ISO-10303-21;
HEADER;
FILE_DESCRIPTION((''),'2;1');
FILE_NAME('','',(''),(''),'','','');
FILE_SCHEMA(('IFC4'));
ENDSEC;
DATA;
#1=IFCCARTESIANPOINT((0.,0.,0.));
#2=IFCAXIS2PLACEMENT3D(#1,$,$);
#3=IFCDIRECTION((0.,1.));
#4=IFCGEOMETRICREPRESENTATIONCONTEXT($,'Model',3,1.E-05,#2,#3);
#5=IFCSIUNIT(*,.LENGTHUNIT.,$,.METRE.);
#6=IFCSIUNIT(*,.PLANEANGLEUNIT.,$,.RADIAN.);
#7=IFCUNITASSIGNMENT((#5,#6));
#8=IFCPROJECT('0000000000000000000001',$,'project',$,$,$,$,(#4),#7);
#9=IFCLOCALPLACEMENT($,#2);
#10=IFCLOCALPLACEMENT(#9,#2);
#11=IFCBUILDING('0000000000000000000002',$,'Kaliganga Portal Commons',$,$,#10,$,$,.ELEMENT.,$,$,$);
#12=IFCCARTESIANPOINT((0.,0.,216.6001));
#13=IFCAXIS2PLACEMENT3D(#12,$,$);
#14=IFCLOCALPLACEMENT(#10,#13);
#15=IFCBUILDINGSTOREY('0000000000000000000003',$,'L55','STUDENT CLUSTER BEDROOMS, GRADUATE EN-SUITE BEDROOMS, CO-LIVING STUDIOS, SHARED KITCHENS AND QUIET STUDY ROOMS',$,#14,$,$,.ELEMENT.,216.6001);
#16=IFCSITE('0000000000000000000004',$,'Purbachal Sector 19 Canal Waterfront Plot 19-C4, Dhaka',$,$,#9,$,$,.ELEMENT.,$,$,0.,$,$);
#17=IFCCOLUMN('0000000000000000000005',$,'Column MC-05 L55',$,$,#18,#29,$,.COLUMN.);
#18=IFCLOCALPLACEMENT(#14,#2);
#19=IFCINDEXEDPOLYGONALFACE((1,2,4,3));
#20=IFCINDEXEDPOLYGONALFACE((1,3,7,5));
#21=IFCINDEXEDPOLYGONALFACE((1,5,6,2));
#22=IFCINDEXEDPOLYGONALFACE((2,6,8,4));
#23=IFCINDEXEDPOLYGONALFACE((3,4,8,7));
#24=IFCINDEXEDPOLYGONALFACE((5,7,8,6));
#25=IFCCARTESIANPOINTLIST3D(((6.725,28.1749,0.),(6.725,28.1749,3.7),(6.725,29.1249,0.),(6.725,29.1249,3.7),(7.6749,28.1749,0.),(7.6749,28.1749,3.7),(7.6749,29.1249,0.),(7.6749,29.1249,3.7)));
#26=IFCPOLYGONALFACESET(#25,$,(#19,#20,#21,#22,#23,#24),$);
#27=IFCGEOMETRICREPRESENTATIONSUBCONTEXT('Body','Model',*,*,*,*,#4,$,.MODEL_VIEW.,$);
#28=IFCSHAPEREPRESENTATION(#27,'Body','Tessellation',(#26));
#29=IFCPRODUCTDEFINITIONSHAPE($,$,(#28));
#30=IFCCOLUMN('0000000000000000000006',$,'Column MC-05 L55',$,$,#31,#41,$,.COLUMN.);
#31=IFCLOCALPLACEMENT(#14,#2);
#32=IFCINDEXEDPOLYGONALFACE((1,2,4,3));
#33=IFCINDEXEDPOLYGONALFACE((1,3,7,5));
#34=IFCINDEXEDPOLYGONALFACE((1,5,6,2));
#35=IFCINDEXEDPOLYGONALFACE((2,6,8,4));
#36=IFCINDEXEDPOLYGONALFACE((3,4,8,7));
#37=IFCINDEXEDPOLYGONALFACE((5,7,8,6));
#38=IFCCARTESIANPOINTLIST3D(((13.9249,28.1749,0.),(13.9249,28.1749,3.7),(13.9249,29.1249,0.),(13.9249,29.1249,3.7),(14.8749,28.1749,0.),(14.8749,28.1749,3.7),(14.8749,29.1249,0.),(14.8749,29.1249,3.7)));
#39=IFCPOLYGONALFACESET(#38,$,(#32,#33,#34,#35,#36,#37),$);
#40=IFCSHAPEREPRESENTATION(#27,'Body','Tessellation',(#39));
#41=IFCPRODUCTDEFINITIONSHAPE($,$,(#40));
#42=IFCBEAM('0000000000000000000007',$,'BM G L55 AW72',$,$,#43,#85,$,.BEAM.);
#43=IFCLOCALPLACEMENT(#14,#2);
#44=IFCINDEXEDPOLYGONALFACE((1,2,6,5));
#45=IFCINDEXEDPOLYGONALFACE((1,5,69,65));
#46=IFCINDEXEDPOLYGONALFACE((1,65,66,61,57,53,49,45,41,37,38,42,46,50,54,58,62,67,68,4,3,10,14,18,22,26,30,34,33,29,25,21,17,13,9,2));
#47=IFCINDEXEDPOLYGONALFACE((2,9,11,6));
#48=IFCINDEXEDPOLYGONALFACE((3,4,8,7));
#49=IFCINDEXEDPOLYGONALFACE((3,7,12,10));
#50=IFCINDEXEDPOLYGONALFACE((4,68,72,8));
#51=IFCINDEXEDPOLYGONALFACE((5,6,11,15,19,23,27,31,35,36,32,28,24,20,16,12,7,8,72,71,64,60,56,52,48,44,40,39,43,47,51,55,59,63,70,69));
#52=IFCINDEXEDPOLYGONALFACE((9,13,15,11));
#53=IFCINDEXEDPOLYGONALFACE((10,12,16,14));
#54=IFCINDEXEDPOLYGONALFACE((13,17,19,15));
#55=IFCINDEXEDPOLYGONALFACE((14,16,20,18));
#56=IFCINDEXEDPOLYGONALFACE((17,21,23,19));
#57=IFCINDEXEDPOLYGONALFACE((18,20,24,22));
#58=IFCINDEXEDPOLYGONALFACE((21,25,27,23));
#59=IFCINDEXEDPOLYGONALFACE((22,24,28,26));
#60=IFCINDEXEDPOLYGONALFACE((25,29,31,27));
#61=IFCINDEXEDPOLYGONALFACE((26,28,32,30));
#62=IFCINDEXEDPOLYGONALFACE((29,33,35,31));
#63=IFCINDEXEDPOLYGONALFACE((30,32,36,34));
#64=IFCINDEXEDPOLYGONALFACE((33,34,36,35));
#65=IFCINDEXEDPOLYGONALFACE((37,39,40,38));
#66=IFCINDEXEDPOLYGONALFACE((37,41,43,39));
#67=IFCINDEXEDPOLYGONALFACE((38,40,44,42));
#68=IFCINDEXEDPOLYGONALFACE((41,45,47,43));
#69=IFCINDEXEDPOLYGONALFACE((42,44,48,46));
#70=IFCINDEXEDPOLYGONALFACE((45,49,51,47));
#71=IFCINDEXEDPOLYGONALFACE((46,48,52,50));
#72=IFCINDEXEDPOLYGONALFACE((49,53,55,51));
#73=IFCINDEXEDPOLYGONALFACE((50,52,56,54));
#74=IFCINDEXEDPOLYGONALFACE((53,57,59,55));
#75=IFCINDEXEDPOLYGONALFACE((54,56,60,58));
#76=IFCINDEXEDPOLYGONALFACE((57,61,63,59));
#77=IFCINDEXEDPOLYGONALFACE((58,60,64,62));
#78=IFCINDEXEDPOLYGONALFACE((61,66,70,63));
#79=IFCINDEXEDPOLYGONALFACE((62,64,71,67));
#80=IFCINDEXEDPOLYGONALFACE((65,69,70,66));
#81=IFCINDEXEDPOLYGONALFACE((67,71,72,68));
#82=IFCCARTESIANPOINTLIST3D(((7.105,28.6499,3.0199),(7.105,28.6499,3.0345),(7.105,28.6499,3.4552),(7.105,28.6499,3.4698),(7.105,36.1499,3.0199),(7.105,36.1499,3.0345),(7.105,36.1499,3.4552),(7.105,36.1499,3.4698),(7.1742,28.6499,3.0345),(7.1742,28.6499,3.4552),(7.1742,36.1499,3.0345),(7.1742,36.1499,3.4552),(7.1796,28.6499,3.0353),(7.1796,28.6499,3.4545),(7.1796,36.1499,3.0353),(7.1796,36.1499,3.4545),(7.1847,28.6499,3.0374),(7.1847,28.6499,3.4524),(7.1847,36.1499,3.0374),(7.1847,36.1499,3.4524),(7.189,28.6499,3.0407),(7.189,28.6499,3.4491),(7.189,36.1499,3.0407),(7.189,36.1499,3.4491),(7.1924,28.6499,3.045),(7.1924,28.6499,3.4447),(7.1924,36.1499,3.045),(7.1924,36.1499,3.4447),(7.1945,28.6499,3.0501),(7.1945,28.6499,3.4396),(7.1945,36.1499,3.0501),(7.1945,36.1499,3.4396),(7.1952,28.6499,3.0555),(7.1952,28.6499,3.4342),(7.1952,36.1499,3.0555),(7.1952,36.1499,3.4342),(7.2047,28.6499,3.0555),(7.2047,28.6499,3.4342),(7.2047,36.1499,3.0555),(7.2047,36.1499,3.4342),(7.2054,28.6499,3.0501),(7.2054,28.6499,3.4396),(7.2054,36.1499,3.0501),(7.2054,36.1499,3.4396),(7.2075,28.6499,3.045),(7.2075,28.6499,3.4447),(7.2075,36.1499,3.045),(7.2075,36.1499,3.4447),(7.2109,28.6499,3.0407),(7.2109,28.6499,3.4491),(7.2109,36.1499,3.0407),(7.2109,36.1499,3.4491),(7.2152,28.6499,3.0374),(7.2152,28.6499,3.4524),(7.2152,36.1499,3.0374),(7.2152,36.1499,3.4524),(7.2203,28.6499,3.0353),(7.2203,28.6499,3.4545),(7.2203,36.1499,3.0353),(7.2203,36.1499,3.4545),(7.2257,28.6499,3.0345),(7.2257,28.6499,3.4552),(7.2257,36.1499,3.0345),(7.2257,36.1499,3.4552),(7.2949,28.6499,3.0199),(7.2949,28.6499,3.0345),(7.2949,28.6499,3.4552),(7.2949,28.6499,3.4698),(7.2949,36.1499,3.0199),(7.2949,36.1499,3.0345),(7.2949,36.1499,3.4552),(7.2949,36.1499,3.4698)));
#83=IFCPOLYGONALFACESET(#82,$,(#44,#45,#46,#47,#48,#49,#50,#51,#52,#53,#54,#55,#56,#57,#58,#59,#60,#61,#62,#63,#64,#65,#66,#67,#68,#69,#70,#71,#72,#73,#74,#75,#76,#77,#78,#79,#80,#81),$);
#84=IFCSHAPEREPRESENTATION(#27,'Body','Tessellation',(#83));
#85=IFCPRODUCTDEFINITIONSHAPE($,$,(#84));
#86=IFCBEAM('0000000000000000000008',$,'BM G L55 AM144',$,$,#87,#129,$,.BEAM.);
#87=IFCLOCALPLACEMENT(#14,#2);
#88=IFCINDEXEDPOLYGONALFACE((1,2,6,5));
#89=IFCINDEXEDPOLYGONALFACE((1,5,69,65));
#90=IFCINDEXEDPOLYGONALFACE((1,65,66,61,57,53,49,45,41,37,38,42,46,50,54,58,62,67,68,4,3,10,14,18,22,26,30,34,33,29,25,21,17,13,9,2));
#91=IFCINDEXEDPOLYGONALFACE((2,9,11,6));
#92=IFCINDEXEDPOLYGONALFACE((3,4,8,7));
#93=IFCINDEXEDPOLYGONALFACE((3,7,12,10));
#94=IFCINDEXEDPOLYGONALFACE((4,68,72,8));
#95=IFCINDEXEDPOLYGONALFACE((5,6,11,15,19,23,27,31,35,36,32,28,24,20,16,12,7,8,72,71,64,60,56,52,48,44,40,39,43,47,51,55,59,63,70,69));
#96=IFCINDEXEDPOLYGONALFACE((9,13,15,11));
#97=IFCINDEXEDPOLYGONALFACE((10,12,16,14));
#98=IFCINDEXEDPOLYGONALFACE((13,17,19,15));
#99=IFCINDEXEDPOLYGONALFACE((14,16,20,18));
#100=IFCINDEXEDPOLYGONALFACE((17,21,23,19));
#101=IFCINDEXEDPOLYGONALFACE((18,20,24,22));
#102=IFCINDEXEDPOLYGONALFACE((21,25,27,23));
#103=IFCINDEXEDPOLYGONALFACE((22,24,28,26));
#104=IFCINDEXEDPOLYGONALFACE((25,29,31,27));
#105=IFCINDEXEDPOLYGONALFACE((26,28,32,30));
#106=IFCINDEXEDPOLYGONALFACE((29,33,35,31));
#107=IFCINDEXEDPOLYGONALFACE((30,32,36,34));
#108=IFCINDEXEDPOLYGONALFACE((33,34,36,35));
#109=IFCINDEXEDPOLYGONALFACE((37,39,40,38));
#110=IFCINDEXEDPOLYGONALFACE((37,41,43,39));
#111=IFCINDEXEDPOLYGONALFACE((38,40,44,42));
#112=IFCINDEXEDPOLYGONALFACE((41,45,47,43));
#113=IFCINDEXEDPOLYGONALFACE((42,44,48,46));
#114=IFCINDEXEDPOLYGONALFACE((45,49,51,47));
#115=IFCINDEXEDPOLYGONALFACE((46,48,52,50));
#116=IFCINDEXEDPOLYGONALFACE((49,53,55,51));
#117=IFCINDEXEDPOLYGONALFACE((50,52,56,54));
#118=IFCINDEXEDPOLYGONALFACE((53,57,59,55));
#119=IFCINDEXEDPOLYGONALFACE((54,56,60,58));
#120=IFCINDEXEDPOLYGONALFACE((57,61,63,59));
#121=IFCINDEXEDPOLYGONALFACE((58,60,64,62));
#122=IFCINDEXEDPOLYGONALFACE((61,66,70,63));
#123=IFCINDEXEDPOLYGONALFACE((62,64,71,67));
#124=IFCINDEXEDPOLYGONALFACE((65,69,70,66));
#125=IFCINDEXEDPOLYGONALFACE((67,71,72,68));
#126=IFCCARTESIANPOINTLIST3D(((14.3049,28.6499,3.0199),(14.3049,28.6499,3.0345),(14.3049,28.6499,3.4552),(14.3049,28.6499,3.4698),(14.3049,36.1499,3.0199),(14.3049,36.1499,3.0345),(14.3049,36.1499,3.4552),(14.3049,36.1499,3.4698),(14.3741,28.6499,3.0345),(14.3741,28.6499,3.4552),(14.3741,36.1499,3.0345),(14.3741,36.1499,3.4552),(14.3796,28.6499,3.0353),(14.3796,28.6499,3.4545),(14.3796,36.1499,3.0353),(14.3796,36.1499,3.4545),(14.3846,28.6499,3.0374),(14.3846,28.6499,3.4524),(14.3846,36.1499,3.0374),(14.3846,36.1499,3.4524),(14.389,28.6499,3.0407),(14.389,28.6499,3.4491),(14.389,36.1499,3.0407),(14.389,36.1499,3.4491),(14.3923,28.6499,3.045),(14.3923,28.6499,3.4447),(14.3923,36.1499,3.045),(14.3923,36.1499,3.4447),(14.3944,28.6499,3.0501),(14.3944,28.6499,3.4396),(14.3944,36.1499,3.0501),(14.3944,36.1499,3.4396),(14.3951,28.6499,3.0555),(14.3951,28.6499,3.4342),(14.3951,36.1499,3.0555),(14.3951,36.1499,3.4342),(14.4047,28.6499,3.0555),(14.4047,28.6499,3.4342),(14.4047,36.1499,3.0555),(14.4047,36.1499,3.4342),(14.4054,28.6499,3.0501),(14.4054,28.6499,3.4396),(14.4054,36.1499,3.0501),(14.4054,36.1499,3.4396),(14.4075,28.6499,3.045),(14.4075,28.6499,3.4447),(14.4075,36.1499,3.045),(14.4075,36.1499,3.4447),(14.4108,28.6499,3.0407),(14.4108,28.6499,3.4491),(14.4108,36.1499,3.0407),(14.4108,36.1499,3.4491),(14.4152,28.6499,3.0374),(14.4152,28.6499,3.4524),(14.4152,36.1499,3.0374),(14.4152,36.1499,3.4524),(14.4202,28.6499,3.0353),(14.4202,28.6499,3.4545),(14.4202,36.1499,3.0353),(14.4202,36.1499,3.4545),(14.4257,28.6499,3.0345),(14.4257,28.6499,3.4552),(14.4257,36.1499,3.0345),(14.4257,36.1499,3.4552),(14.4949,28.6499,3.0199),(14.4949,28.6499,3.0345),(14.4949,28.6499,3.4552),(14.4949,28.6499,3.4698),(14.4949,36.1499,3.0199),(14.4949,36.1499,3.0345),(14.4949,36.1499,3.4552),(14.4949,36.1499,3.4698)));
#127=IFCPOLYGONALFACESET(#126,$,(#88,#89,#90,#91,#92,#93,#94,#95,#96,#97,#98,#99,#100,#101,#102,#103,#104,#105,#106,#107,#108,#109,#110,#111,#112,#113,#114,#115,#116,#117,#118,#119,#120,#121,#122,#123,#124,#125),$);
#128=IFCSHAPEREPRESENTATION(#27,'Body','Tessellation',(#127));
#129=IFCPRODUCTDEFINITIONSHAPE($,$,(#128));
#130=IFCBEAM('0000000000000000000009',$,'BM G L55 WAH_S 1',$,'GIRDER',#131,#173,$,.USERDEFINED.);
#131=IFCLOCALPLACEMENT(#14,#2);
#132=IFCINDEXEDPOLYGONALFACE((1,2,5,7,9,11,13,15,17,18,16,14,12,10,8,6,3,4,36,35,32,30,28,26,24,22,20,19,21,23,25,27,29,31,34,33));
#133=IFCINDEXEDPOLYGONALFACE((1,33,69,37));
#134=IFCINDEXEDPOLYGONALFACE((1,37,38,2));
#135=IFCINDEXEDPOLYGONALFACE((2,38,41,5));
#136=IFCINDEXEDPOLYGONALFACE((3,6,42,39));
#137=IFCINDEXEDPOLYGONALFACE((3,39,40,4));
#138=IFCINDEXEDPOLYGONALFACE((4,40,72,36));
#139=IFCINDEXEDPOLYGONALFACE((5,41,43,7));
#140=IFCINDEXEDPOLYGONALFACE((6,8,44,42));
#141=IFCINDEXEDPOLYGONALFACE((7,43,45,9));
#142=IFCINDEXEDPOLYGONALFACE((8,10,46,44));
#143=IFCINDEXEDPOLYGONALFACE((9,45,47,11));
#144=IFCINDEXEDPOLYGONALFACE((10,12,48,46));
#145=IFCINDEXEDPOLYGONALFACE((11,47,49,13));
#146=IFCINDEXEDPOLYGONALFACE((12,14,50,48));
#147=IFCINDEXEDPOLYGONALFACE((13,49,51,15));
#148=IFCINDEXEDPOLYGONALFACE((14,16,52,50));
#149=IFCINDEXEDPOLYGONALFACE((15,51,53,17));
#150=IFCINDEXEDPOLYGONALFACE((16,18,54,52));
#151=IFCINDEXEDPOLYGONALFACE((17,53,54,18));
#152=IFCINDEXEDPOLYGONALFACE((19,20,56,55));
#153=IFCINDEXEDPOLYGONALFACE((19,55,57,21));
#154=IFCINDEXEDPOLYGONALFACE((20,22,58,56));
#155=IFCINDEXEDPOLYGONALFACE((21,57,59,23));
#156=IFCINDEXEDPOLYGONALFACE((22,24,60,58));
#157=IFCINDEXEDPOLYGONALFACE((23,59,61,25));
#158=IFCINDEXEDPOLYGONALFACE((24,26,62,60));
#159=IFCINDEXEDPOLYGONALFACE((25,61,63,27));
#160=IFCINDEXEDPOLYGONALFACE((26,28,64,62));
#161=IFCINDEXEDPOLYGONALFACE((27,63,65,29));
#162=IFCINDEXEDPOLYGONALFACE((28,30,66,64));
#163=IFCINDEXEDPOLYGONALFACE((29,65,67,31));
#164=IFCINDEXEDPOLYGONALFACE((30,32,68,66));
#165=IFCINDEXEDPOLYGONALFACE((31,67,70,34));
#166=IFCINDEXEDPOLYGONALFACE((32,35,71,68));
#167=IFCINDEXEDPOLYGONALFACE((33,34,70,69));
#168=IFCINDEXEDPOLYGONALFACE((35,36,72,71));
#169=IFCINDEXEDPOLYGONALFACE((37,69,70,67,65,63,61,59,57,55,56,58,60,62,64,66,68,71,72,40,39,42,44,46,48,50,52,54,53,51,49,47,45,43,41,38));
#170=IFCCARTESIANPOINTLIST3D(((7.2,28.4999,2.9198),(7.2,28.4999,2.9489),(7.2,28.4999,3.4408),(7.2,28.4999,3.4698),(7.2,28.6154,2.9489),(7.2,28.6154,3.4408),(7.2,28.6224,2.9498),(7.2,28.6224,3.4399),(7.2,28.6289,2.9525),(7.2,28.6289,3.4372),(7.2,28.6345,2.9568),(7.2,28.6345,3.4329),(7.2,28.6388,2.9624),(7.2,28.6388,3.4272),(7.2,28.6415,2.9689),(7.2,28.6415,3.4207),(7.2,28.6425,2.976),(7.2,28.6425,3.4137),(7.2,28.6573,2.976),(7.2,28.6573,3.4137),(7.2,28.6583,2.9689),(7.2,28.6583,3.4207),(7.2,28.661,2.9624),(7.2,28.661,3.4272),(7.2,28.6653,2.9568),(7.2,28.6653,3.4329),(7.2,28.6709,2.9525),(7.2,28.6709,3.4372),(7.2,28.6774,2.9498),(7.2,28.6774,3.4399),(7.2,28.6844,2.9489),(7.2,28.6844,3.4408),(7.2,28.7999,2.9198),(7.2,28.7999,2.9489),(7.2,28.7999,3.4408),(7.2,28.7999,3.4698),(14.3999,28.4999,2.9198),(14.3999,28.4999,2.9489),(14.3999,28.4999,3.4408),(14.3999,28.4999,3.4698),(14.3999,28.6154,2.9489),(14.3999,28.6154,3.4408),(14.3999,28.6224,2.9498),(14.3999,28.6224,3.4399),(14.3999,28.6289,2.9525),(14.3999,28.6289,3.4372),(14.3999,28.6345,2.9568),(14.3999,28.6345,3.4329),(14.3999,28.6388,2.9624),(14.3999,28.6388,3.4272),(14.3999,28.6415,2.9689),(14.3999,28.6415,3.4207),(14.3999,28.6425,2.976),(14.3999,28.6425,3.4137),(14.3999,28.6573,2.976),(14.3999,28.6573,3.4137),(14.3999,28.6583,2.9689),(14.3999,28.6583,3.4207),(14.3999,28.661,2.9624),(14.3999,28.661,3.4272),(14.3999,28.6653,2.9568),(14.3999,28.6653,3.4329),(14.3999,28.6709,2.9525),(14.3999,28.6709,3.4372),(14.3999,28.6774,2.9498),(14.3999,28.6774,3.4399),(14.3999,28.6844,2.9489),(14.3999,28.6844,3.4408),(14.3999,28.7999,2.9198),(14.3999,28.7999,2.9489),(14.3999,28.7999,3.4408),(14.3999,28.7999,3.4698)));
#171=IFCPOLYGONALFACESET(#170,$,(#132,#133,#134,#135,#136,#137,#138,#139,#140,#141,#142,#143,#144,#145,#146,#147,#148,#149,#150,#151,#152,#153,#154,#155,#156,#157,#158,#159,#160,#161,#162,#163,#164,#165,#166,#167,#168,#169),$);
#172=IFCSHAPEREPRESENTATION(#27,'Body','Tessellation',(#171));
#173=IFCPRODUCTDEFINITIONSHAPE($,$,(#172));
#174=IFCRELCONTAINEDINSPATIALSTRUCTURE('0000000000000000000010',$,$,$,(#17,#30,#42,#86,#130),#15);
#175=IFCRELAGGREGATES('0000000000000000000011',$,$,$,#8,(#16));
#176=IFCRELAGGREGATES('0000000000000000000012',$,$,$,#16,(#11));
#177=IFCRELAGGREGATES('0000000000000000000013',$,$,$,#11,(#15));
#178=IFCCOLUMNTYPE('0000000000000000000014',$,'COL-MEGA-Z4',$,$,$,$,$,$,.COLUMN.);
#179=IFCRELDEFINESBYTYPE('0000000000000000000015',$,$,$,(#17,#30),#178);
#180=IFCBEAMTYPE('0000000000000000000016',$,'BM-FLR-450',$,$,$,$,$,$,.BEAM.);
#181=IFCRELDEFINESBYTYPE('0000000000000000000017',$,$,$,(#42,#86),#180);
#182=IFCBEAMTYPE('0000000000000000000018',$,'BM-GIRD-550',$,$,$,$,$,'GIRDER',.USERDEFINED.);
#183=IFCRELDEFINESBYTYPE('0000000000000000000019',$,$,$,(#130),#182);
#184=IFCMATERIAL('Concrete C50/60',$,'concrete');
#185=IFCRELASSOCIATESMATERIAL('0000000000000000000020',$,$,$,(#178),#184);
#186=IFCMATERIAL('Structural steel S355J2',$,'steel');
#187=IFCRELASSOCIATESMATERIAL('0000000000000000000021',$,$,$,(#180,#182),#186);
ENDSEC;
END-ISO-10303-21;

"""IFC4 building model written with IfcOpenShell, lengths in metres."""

from ifc_helpers import new_model, si_unit, direction, frame, origin, origin_2d, place, context, subcontext, project, spatial, rectangle, i_section, extrude, source, transform, mapped, material, material_profile, profile_set, type_object, element, save


model = new_model("IFC4")

# Units and contexts
model_context = context("Model", 3, precision=1e-05, world=origin(), true_north=direction((0.0, 1.0)))
body_context = subcontext(model_context, "Body", "Model", "MODEL_VIEW")
ifc_project = project(units=[si_unit("LENGTHUNIT", "METRE"), si_unit("PLANEANGLEUNIT", "RADIAN")], contexts=[model_context])

# Site, building, storey
site_placement = place(None, origin())
site = spatial("IfcSite", under=ifc_project, at=site_placement, Name="Purbachal Sector 19 Canal Waterfront Plot 19-C4, Dhaka", CompositionType="ELEMENT", RefElevation=0.0)
building_placement = place(site_placement, origin())
building = spatial("IfcBuilding", under=site, at=building_placement, Name="Kaliganga Portal Commons", CompositionType="ELEMENT")
storey_placement = place(building_placement, frame((0.0, 0.0, 216.6001)))
storey = spatial("IfcBuildingStorey", under=building, at=storey_placement, Name="L55", Description="STUDENT CLUSTER BEDROOMS, GRADUATE EN-SUITE BEDROOMS, CO-LIVING STUDIOS, SHARED KITCHENS AND QUIET STUDY ROOMS", CompositionType="ELEMENT", Elevation=216.6001)

# Columns
ifc_material_1 = material(Name="Concrete C50/60", Category="concrete")
ifc_material_profile_1 = material_profile(ifc_material_1, rectangle(XDim=0.95, YDim=0.95, at=origin_2d()), Name="RC 950x950")
ifc_profile_set_1 = profile_set([ifc_material_profile_1], Name="Concrete C50/60")
column_type = type_object("IfcColumnType", Name="COL-MEGA-Z4", PredefinedType="COLUMN", material=ifc_profile_set_1)
shared_shape_1 = source(origin(), body_context, "Body", "SweptSolid", [
    extrude(rectangle(XDim=0.95, YDim=0.95, at=origin_2d()), origin(), (0.0, 0.0, 1.0), 3.7),
])
for number, where, z_axis, x_axis, name in (
    (1, (7.2, 28.6499, 0.0), (0.0, 0.0, 1.0), (1.0, 0.0, 0.0), "Column MC-05 L55"),
    (2, (14.3999, 28.6499, 0.0), (0.0, 0.0, 1.0), (1.0, 0.0, 0.0), "Column MC-05 L55"),
):
    element("IfcColumn", number, at=place(storey_placement, frame(where, z_axis=z_axis, x_axis=x_axis)), inside=storey, type_object=column_type, Name=name, PredefinedType="COLUMN", context=body_context, shape_type="MappedRepresentation", body=[
        mapped(shared_shape_1, transform((0.0, 0.0, 0.0), x_axis=(1.0, 0.0, 0.0), y_axis=(0.0, 1.0, 0.0), z_axis=(0.0, 0.0, 1.0), scale=1.0)),
    ])

# Beams
ifc_material_2 = material(Name="Structural steel S355J2", Category="steel")
ifc_material_profile_2 = material_profile(ifc_material_2, i_section(OverallWidth=0.1899, OverallDepth=0.45, WebThickness=0.0095, FlangeThickness=0.0146, FilletRadius=0.021, at=origin_2d()), Name="IPE 450")
ifc_profile_set_2 = profile_set([ifc_material_profile_2], Name="Structural steel S355J2 wide-flange")
beam_type_1 = type_object("IfcBeamType", Name="BM-FLR-450", PredefinedType="BEAM", material=ifc_profile_set_2)
shared_shape_2 = source(origin(), body_context, "Body", "SweptSolid", [
    extrude(i_section(OverallWidth=0.1899, OverallDepth=0.45, WebThickness=0.0095, FlangeThickness=0.0146, FilletRadius=0.021, at=origin_2d()), origin(), (0.0, 0.0, 1.0), 7.5),
])
for number, where, z_axis, x_axis, name in (
    (3, (7.2, 28.6499, 3.2449), (0.0, 1.0, 0.0), (-1.0, 0.0, 0.0), "BM G L55 AW72"),
    (4, (14.3999, 28.6499, 3.2449), (0.0, 1.0, 0.0), (-1.0, 0.0, 0.0), "BM G L55 AM144"),
):
    element("IfcBeam", number, at=place(storey_placement, frame(where, z_axis=z_axis, x_axis=x_axis)), inside=storey, type_object=beam_type_1, Name=name, PredefinedType="BEAM", context=body_context, shape_type="MappedRepresentation", body=[
        mapped(shared_shape_2, transform((0.0, 0.0, 0.0), x_axis=(1.0, 0.0, 0.0), y_axis=(0.0, 1.0, 0.0), z_axis=(0.0, 0.0, 1.0), scale=1.0)),
    ])
ifc_material_profile_3 = material_profile(ifc_material_2, i_section(OverallWidth=0.3, OverallDepth=0.55, WebThickness=0.0149, FlangeThickness=0.0291, FilletRadius=0.0271, at=origin_2d()), Name="HE 550 B")
ifc_profile_set_3 = profile_set([ifc_material_profile_3], Name="Structural steel S355J2 wide-flange")
beam_type_2 = type_object("IfcBeamType", Name="BM-GIRD-550", ElementType="GIRDER", PredefinedType="USERDEFINED", material=ifc_profile_set_3)
shared_shape_3 = source(origin(), body_context, "Body", "SweptSolid", [
    extrude(i_section(OverallWidth=0.3, OverallDepth=0.55, WebThickness=0.0149, FlangeThickness=0.0291, FilletRadius=0.0271, at=origin_2d()), origin(), (0.0, 0.0, 1.0), 7.2),
])
beam_placement = place(storey_placement, frame((7.2, 28.6499, 3.1948), z_axis=(1.0, 0.0, 0.0), x_axis=(0.0, 1.0, 0.0)))
element("IfcBeam", 5, at=beam_placement, inside=storey, type_object=beam_type_2, Name="BM G L55 WAH_S 1", ObjectType="GIRDER", PredefinedType="USERDEFINED", context=body_context, shape_type="MappedRepresentation", body=[
    mapped(shared_shape_3, transform((0.0, 0.0, 0.0), x_axis=(1.0, 0.0, 0.0), y_axis=(0.0, 1.0, 0.0), z_axis=(0.0, 0.0, 1.0), scale=1.0)),
])

save(model, "model.ifc")
